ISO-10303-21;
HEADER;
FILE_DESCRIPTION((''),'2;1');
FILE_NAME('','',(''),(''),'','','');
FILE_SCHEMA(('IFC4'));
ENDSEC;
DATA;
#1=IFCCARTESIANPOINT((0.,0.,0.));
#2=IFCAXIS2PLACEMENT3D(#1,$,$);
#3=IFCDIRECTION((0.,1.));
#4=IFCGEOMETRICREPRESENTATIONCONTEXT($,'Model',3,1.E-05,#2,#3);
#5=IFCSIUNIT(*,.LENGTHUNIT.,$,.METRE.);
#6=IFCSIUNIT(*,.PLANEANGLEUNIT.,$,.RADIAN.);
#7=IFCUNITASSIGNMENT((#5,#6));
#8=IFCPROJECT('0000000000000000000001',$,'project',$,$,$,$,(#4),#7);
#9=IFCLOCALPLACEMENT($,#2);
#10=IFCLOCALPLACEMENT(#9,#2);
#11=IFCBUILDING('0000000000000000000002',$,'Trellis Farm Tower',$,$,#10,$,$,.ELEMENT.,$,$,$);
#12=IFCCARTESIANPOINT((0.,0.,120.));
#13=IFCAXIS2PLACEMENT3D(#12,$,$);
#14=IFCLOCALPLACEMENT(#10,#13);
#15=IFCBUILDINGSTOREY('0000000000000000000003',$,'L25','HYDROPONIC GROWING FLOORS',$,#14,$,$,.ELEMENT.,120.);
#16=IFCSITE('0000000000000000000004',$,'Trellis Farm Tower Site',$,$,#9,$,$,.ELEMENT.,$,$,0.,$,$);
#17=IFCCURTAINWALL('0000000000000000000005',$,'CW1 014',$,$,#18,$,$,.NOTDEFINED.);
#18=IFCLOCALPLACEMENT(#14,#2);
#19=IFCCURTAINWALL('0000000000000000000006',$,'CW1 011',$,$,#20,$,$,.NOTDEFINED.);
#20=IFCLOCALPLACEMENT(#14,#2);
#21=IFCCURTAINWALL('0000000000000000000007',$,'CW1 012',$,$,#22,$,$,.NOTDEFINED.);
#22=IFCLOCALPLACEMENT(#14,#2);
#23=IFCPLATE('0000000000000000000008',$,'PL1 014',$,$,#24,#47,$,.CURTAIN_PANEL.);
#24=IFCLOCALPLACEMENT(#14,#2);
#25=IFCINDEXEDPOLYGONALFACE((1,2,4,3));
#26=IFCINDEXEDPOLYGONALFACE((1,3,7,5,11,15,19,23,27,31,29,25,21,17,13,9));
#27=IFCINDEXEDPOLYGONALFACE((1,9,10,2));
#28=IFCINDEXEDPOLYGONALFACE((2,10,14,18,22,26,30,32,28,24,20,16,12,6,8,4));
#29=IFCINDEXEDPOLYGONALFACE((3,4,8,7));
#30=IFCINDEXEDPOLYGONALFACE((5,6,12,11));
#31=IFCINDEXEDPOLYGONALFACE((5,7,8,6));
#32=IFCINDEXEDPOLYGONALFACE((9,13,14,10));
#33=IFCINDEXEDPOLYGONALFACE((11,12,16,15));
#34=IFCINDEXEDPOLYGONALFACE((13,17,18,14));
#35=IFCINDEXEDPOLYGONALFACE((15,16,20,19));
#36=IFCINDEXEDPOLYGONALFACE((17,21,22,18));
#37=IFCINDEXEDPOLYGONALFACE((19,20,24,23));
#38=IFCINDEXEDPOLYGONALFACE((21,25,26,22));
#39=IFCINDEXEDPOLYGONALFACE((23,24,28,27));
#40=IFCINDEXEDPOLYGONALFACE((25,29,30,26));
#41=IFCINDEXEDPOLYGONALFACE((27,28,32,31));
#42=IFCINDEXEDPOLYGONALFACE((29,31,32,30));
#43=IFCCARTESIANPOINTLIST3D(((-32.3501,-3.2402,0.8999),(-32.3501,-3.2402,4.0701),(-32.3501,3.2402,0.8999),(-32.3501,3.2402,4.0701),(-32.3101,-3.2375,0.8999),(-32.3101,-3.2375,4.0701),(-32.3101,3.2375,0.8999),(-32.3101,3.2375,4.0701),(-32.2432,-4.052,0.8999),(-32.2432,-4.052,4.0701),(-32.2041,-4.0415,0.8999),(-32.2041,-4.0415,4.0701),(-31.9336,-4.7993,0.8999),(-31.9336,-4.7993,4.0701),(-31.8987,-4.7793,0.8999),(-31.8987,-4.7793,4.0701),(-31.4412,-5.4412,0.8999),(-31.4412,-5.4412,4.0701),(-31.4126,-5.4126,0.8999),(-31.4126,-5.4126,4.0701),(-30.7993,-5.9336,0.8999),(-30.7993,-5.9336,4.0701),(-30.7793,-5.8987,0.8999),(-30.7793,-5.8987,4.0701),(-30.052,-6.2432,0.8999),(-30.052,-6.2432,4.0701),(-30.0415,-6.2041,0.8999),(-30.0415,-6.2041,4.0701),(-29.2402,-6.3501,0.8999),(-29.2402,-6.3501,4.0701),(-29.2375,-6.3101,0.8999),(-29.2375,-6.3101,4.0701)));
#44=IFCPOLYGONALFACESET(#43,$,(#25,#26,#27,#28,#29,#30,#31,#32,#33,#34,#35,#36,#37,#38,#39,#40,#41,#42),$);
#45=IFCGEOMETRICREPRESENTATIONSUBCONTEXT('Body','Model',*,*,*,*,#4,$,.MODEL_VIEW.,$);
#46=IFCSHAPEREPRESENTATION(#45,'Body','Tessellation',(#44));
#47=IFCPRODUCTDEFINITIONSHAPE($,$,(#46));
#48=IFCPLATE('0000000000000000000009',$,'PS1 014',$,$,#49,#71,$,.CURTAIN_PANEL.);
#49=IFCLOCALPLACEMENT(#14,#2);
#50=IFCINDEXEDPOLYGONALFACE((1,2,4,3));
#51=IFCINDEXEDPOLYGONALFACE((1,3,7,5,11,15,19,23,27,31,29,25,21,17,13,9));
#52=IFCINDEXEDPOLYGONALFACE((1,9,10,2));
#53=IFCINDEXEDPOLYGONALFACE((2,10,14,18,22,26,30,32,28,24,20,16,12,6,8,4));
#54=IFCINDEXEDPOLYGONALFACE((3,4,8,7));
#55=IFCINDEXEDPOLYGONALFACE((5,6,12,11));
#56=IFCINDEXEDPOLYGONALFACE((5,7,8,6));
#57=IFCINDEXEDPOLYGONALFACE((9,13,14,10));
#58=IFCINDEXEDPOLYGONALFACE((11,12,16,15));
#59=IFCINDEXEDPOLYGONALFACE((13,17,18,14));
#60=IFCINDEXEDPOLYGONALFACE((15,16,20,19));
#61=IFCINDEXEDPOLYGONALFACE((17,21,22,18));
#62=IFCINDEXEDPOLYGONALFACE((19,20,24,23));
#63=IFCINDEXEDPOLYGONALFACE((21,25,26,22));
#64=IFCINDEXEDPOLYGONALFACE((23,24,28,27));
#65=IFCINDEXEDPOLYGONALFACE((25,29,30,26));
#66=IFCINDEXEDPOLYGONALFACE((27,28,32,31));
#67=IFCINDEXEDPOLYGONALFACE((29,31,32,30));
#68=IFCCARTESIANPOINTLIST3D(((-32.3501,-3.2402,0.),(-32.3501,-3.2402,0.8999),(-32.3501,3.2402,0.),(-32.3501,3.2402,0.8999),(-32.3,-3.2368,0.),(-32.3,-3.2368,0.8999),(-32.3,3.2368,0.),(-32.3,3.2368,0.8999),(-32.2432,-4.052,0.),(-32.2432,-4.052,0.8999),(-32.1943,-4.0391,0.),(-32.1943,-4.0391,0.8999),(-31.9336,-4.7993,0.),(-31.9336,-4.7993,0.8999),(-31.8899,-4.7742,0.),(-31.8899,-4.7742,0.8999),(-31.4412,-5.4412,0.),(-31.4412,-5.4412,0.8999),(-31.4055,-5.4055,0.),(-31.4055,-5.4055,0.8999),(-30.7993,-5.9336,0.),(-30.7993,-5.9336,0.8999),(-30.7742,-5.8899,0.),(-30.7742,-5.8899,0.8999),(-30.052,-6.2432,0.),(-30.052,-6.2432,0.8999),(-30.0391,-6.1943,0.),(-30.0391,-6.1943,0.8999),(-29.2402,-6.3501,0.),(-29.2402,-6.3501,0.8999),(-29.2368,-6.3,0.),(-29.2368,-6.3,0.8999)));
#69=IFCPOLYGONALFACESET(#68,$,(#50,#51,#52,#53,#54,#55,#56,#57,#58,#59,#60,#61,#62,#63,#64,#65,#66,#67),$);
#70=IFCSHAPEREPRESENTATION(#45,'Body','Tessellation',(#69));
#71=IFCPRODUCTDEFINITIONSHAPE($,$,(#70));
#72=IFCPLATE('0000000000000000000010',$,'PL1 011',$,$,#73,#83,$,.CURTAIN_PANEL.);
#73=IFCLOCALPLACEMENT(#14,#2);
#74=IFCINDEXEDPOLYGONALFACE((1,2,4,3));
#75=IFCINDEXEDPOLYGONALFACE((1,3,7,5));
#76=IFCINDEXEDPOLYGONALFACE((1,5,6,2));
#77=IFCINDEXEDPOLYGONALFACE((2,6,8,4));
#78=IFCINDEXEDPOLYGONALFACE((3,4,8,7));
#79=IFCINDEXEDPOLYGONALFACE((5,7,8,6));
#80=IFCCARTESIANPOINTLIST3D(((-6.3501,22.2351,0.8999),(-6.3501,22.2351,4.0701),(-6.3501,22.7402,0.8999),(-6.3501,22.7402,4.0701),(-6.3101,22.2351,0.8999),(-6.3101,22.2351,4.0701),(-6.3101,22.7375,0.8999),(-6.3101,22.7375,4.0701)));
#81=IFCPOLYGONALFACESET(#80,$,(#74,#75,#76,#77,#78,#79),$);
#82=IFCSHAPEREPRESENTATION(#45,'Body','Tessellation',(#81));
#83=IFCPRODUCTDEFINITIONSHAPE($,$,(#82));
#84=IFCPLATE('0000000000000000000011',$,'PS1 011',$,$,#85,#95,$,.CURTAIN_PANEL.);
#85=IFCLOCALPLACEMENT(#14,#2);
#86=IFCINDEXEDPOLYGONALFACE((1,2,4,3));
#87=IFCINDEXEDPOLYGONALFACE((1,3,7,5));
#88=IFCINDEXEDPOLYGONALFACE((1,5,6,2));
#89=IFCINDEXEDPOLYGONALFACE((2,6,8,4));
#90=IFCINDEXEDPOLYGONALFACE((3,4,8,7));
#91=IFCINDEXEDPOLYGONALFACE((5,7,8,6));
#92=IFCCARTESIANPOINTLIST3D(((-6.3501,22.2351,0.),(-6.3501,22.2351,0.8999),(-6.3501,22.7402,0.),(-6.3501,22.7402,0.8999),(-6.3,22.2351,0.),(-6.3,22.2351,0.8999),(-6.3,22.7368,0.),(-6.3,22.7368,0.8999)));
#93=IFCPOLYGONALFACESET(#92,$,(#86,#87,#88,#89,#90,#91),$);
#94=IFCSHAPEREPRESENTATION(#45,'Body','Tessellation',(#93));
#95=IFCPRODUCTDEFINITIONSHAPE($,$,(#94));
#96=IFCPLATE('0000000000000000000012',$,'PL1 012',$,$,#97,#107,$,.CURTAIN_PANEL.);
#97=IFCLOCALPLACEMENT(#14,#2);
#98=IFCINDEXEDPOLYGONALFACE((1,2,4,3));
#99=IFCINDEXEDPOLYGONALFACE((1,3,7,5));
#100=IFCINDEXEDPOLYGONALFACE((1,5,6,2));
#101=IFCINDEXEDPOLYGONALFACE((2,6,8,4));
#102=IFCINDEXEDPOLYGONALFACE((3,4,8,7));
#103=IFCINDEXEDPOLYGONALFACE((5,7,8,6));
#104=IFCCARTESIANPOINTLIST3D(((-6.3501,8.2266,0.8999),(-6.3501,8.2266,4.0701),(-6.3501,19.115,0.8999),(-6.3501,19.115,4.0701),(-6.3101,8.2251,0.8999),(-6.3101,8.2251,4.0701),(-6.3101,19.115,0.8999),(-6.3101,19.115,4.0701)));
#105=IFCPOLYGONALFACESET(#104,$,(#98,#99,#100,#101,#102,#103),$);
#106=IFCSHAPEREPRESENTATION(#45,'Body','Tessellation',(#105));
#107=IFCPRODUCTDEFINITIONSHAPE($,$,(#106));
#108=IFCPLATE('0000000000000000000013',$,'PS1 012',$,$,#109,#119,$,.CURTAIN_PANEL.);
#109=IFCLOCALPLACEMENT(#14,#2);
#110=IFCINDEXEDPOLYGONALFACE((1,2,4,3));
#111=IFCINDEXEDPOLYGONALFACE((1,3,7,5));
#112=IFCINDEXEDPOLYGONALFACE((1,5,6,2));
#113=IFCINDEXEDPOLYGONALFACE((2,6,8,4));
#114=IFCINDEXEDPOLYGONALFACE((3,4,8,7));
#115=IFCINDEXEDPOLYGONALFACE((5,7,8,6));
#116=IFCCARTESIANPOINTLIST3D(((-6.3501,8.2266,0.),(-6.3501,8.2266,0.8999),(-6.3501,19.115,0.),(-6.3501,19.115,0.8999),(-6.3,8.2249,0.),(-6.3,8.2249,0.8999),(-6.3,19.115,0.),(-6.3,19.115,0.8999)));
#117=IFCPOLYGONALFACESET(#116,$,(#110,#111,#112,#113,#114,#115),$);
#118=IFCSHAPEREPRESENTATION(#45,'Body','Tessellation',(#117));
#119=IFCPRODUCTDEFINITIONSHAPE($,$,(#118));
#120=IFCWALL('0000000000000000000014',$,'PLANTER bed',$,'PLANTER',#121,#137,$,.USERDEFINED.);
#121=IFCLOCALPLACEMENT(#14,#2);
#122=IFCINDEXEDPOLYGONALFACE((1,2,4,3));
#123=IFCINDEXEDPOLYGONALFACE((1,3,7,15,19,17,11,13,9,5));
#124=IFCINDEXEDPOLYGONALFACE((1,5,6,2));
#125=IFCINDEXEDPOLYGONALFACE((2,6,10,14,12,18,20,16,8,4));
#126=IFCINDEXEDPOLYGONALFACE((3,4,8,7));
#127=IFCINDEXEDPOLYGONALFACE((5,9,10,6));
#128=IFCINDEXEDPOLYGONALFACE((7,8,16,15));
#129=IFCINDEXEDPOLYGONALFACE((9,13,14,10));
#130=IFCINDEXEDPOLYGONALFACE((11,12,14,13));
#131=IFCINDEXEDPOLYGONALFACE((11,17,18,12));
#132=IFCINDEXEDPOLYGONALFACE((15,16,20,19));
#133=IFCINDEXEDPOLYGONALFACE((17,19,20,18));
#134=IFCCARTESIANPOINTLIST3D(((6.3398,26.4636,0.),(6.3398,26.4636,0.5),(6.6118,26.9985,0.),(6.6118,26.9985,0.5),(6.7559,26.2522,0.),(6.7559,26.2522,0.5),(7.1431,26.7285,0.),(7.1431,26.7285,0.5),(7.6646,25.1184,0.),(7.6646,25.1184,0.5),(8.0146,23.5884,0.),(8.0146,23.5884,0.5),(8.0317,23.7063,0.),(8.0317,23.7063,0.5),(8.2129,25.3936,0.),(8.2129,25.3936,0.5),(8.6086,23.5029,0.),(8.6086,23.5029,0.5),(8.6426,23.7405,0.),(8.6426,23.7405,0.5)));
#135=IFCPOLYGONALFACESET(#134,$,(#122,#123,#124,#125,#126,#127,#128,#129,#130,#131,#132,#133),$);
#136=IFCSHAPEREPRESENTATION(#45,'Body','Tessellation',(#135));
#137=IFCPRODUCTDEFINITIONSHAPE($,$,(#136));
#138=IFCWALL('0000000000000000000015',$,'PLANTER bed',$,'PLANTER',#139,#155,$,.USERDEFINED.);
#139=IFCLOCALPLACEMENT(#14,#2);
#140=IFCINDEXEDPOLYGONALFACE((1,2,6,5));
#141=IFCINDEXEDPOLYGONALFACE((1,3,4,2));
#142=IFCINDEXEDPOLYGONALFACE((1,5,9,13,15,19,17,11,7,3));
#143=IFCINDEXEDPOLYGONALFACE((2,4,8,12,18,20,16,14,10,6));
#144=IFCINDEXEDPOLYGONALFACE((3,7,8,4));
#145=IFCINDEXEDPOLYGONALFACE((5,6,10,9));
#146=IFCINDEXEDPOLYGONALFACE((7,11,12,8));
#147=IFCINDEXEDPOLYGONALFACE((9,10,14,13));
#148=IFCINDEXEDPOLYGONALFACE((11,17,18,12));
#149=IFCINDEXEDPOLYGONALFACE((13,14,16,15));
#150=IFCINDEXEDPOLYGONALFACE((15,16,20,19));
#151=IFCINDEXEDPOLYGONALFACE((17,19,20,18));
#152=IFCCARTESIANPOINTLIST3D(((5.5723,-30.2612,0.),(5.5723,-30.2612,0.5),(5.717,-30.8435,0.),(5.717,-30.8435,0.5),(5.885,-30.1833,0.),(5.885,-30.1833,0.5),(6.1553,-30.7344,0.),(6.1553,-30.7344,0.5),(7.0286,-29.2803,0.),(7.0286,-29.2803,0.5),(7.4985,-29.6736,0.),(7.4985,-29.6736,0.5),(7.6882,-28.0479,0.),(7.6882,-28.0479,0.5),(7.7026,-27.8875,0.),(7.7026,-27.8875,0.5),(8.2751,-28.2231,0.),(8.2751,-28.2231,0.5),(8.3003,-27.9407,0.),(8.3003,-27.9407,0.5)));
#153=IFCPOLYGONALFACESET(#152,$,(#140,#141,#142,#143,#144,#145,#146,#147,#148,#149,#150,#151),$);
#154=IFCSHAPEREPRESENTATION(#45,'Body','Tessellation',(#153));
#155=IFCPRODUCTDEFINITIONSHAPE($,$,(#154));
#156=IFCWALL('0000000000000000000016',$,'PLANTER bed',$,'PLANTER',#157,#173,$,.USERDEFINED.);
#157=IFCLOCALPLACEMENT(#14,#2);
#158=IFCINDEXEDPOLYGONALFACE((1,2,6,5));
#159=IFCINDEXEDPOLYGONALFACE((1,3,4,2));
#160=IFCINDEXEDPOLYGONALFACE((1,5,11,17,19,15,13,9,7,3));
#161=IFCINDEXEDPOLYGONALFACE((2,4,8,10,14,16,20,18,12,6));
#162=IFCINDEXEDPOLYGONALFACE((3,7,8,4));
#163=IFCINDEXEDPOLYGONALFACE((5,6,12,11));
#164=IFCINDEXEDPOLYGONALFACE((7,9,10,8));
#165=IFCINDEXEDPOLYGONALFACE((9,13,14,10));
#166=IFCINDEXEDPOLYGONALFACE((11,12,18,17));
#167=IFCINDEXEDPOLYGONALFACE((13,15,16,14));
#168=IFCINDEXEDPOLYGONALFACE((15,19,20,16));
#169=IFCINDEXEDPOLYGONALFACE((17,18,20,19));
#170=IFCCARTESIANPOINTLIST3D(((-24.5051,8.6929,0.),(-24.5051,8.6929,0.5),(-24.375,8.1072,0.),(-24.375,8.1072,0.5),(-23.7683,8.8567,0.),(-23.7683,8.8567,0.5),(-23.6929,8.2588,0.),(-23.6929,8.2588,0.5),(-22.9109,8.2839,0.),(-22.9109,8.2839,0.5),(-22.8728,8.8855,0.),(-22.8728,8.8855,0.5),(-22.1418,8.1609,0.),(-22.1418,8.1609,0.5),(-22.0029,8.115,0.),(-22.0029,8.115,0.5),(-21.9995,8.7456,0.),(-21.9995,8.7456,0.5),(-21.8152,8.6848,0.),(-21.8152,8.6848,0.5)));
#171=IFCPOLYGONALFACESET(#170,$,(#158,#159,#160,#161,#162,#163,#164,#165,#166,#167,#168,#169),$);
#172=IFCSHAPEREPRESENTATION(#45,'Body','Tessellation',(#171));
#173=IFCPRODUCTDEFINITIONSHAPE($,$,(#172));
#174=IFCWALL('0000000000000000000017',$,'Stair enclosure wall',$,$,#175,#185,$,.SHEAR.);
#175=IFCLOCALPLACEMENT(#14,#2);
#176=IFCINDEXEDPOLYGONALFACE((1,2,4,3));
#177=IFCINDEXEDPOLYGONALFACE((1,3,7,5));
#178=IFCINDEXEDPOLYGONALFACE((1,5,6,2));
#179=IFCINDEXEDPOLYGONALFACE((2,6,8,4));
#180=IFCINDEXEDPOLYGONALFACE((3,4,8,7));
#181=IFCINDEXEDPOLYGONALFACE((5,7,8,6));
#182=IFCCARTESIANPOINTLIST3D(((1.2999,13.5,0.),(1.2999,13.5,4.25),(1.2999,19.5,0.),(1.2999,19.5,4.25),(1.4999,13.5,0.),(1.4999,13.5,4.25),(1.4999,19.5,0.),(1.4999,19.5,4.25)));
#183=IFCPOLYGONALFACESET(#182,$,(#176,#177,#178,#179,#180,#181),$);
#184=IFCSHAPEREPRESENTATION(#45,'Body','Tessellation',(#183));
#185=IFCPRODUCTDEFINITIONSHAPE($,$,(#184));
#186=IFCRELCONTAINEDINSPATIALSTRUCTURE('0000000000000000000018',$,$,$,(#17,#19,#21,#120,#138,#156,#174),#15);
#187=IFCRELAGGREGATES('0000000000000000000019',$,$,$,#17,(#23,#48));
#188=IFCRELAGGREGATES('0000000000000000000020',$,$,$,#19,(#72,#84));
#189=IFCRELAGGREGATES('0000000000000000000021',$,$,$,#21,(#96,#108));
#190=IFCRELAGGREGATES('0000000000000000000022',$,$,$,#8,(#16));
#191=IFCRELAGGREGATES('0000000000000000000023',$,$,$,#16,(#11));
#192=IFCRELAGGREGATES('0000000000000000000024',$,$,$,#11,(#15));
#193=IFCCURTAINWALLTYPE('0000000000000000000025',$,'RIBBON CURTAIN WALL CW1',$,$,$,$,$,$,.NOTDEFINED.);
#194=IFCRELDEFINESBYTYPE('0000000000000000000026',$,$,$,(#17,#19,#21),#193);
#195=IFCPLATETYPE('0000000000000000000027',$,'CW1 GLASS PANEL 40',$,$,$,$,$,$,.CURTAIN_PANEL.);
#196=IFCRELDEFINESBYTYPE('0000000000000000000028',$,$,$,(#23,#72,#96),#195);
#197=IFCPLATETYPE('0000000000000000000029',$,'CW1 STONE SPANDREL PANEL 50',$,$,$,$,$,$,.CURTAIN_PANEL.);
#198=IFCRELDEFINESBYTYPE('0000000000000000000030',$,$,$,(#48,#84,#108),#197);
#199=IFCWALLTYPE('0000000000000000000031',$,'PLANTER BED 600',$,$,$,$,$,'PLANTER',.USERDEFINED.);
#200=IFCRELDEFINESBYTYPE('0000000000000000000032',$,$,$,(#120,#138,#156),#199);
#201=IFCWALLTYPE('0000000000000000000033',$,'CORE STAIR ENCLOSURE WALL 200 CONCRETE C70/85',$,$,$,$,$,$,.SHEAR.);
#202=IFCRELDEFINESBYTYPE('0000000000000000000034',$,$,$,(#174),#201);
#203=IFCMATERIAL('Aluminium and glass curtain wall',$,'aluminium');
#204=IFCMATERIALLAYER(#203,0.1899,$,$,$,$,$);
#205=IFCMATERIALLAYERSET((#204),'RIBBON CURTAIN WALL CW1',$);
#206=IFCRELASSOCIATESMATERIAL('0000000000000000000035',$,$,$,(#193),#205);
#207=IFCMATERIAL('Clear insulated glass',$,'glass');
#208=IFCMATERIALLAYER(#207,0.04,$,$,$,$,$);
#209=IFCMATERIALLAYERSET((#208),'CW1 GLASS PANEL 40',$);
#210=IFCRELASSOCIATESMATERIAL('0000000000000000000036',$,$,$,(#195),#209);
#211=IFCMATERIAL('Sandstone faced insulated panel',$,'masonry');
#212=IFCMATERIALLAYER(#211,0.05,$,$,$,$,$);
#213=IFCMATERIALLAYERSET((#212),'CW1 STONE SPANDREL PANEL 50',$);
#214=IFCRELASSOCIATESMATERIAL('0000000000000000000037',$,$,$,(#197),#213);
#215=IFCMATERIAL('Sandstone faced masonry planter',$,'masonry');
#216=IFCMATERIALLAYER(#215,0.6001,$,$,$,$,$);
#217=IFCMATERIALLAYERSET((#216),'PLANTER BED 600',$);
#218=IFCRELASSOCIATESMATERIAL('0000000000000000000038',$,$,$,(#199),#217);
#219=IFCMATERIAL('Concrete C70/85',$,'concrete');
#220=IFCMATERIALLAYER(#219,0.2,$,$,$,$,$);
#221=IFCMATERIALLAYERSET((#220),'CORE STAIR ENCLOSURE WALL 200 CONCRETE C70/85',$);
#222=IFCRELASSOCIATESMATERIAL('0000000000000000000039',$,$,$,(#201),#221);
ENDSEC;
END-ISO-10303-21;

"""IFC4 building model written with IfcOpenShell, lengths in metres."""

from ifc_helpers import new_model, si_unit, direction, frame, frame_2d, origin, place, context, subcontext, project, spatial, polyline, rectangle, outline, extrude, source, transform, mapped, material, layer, layer_set, type_object, element, aggregate, save


model = new_model("IFC4")

# Units and contexts
model_context = context("Model", 3, precision=1e-05, world=origin(), true_north=direction((0.0, 1.0)))
body_context = subcontext(model_context, "Body", "Model", "MODEL_VIEW")
ifc_project = project(units=[si_unit("LENGTHUNIT", "METRE"), si_unit("PLANEANGLEUNIT", "RADIAN")], contexts=[model_context])

# Site, building, storey
site_placement = place(None, origin())
site = spatial("IfcSite", under=ifc_project, at=site_placement, Name="Trellis Farm Tower Site", CompositionType="ELEMENT", RefElevation=0.0)
building_placement = place(site_placement, origin())
building = spatial("IfcBuilding", under=site, at=building_placement, Name="Trellis Farm Tower", CompositionType="ELEMENT")
storey_placement = place(building_placement, frame((0.0, 0.0, 120.0)))
storey = spatial("IfcBuildingStorey", under=building, at=storey_placement, Name="L25", Description="HYDROPONIC GROWING FLOORS", CompositionType="ELEMENT", Elevation=120.0)

# Curtain wall
ifc_material_1 = material(Name="Aluminium and glass curtain wall", Category="aluminium")
ifc_layer_1 = layer(ifc_material_1, 0.1899)
ifc_layer_set_1 = layer_set([ifc_layer_1], Name="RIBBON CURTAIN WALL CW1")
curtain_wall_type_1 = type_object("IfcCurtainWallType", Name="RIBBON CURTAIN WALL CW1", PredefinedType="NOTDEFINED", material=ifc_layer_set_1)
placement_1 = place(storey_placement, origin())
curtain_wall_1 = element("IfcCurtainWall", 1, at=placement_1, inside=storey, type_object=curtain_wall_type_1, Name="CW1 014", PredefinedType="NOTDEFINED")

# Curtain walls
curtain_wall_2 = element("IfcCurtainWall", 2, at=placement_1, inside=storey, type_object=curtain_wall_type_1, Name="CW1 011", PredefinedType="NOTDEFINED")
curtain_wall_3 = element("IfcCurtainWall", 3, at=placement_1, inside=storey, type_object=curtain_wall_type_1, Name="CW1 012", PredefinedType="NOTDEFINED")

# Plates
ifc_material_2 = material(Name="Clear insulated glass", Category="glass")
ifc_layer_2 = layer(ifc_material_2, 0.04)
ifc_layer_set_2 = layer_set([ifc_layer_2], Name="CW1 GLASS PANEL 40")
plate_type_1 = type_object("IfcPlateType", Name="CW1 GLASS PANEL 40", PredefinedType="CURTAIN_PANEL", material=ifc_layer_set_2)
placement_2 = place(storey_placement, frame((0.0, 0.0, 0.8999)))
ifc_material_3 = material(Name="Sandstone faced insulated panel", Category="masonry")
ifc_layer_3 = layer(ifc_material_3, 0.05)
ifc_layer_set_3 = layer_set([ifc_layer_3], Name="CW1 STONE SPANDREL PANEL 50")
plate_type_2 = type_object("IfcPlateType", Name="CW1 STONE SPANDREL PANEL 50", PredefinedType="CURTAIN_PANEL", material=ifc_layer_set_3)
shared_shape_1 = source(origin(), body_context, "Body", "SweptSolid", [
    extrude(outline(polyline([(-32.3501, 3.2402), (-32.3501, -3.2402), (-32.2432, -4.052), (-31.9336, -4.7993), (-31.4412, -5.4412), (-30.7993, -5.9336), (-30.052, -6.2432), (-29.2402, -6.3501), (-29.2375, -6.3101), (-30.0415, -6.2041), (-30.7793, -5.8987), (-31.4126, -5.4126), (-31.8987, -4.7793), (-32.2041, -4.0415), (-32.3101, -3.2375), (-32.3101, 3.2375), (-32.3501, 3.2402)])), origin(), (0.0, 0.0, 1.0), 3.1702),
])
plate_1 = element("IfcPlate", 4, at=placement_2, type_object=plate_type_1, Name="PL1 014", PredefinedType="CURTAIN_PANEL", context=body_context, shape_type="MappedRepresentation", body=[
    mapped(shared_shape_1, transform((0.0, 0.0, 0.0))),
])
shared_shape_2 = source(origin(), body_context, "Body", "SweptSolid", [
    extrude(outline(polyline([(-32.3501, 3.2402), (-32.3501, -3.2402), (-32.2432, -4.052), (-31.9336, -4.7993), (-31.4412, -5.4412), (-30.7993, -5.9336), (-30.052, -6.2432), (-29.2402, -6.3501), (-29.2368, -6.3), (-30.0391, -6.1943), (-30.7742, -5.8899), (-31.4055, -5.4055), (-31.8899, -4.7742), (-32.1943, -4.0391), (-32.3, -3.2368), (-32.3, 3.2368), (-32.3501, 3.2402)])), origin(), (0.0, 0.0, 1.0), 0.8999),
])
plate_2 = element("IfcPlate", 5, at=placement_1, type_object=plate_type_2, Name="PS1 014", PredefinedType="CURTAIN_PANEL", context=body_context, shape_type="MappedRepresentation", body=[
    mapped(shared_shape_2, transform((0.0, 0.0, 0.0))),
])
aggregate(curtain_wall_1, [plate_1, plate_2])
shared_shape_3 = source(origin(), body_context, "Body", "SweptSolid", [
    extrude(outline(polyline([(-6.3501, 22.7402), (-6.3501, 22.2351), (-6.3101, 22.2351), (-6.3101, 22.7375), (-6.3501, 22.7402)])), origin(), (0.0, 0.0, 1.0), 3.1702),
])
plate_3 = element("IfcPlate", 6, at=placement_2, type_object=plate_type_1, Name="PL1 011", PredefinedType="CURTAIN_PANEL", context=body_context, shape_type="MappedRepresentation", body=[
    mapped(shared_shape_3, transform((0.0, 0.0, 0.0))),
])
shared_shape_4 = source(origin(), body_context, "Body", "SweptSolid", [
    extrude(outline(polyline([(-6.3501, 22.7402), (-6.3501, 22.2351), (-6.3, 22.2351), (-6.3, 22.7368), (-6.3501, 22.7402)])), origin(), (0.0, 0.0, 1.0), 0.8999),
])
plate_4 = element("IfcPlate", 7, at=placement_1, type_object=plate_type_2, Name="PS1 011", PredefinedType="CURTAIN_PANEL", context=body_context, shape_type="MappedRepresentation", body=[
    mapped(shared_shape_4, transform((0.0, 0.0, 0.0))),
])
aggregate(curtain_wall_2, [plate_3, plate_4])
shared_shape_5 = source(origin(), body_context, "Body", "SweptSolid", [
    extrude(outline(polyline([(-6.3501, 19.115), (-6.3501, 8.2266), (-6.3101, 8.2251), (-6.3101, 19.115), (-6.3501, 19.115)])), origin(), (0.0, 0.0, 1.0), 3.1702),
])
plate_5 = element("IfcPlate", 8, at=placement_2, type_object=plate_type_1, Name="PL1 012", PredefinedType="CURTAIN_PANEL", context=body_context, shape_type="MappedRepresentation", body=[
    mapped(shared_shape_5, transform((0.0, 0.0, 0.0))),
])
shared_shape_6 = source(origin(), body_context, "Body", "SweptSolid", [
    extrude(outline(polyline([(-6.3501, 19.115), (-6.3501, 8.2266), (-6.3, 8.2249), (-6.3, 19.115), (-6.3501, 19.115)])), origin(), (0.0, 0.0, 1.0), 0.8999),
])
plate_6 = element("IfcPlate", 9, at=placement_1, type_object=plate_type_2, Name="PS1 012", PredefinedType="CURTAIN_PANEL", context=body_context, shape_type="MappedRepresentation", body=[
    mapped(shared_shape_6, transform((0.0, 0.0, 0.0))),
])
aggregate(curtain_wall_3, [plate_5, plate_6])

# Walls
ifc_material_4 = material(Name="Sandstone faced masonry planter", Category="masonry")
ifc_layer_4 = layer(ifc_material_4, 0.6001)
ifc_layer_set_4 = layer_set([ifc_layer_4], Name="PLANTER BED 600")
wall_type_1 = type_object("IfcWallType", Name="PLANTER BED 600", ElementType="PLANTER", PredefinedType="USERDEFINED", material=ifc_layer_set_4)
element("IfcWall", 10, at=placement_1, inside=storey, type_object=wall_type_1, Name="PLANTER bed", ObjectType="PLANTER", PredefinedType="USERDEFINED", context=body_context, shape_type="SweptSolid", body=[
    extrude(outline(polyline([(7.1431, 26.7285), (8.2129, 25.3936), (8.6426, 23.7405), (8.6086, 23.5029), (8.0146, 23.5884), (8.0317, 23.7063), (7.6646, 25.1184), (6.7559, 26.2522), (6.3398, 26.4636), (6.6118, 26.9985), (7.1431, 26.7285)])), origin(), (0.0, 0.0, 1.0), 0.5),
])
element("IfcWall", 11, at=placement_1, inside=storey, type_object=wall_type_1, Name="PLANTER bed", ObjectType="PLANTER", PredefinedType="USERDEFINED", context=body_context, shape_type="SweptSolid", body=[
    extrude(outline(polyline([(7.4985, -29.6736), (6.1553, -30.7344), (5.717, -30.8435), (5.5723, -30.2612), (5.885, -30.1833), (7.0286, -29.2803), (7.6882, -28.0479), (7.7026, -27.8875), (8.3003, -27.9407), (8.2751, -28.2231), (7.4985, -29.6736)])), origin(), (0.0, 0.0, 1.0), 0.5),
])
element("IfcWall", 12, at=placement_1, inside=storey, type_object=wall_type_1, Name="PLANTER bed", ObjectType="PLANTER", PredefinedType="USERDEFINED", context=body_context, shape_type="SweptSolid", body=[
    extrude(outline(polyline([(-22.8728, 8.8855), (-21.9995, 8.7456), (-21.8152, 8.6848), (-22.0029, 8.115), (-22.1418, 8.1609), (-22.9109, 8.2839), (-23.6929, 8.2588), (-24.375, 8.1072), (-24.5051, 8.6929), (-23.7683, 8.8567), (-22.8728, 8.8855)])), origin(), (0.0, 0.0, 1.0), 0.5),
])
ifc_material_5 = material(Name="Concrete C70/85", Category="concrete")
ifc_layer_5 = layer(ifc_material_5, 0.2)
ifc_layer_set_5 = layer_set([ifc_layer_5], Name="CORE STAIR ENCLOSURE WALL 200 CONCRETE C70/85")
wall_type_2 = type_object("IfcWallType", Name="CORE STAIR ENCLOSURE WALL 200 CONCRETE C70/85", PredefinedType="SHEAR", material=ifc_layer_set_5)
shared_shape_7 = source(origin(), body_context, "Body", "SweptSolid", [
    extrude(rectangle(XDim=6.0, YDim=0.2, at=frame_2d((3.0, 0.0))), origin(), (0.0, 0.0, 1.0), 4.25),
])
wall_1_placement = place(storey_placement, frame((1.3999, 13.5, 0.0), z_axis=(0.0, 0.0, 1.0), x_axis=(0.0, 1.0, 0.0)))
element("IfcWall", 13, at=wall_1_placement, inside=storey, type_object=wall_type_2, Name="Stair enclosure wall", PredefinedType="SHEAR", context=body_context, shape_type="MappedRepresentation", body=[
    mapped(shared_shape_7, transform((0.0, 0.0, 0.0))),
])

save(model, "model.ifc")
